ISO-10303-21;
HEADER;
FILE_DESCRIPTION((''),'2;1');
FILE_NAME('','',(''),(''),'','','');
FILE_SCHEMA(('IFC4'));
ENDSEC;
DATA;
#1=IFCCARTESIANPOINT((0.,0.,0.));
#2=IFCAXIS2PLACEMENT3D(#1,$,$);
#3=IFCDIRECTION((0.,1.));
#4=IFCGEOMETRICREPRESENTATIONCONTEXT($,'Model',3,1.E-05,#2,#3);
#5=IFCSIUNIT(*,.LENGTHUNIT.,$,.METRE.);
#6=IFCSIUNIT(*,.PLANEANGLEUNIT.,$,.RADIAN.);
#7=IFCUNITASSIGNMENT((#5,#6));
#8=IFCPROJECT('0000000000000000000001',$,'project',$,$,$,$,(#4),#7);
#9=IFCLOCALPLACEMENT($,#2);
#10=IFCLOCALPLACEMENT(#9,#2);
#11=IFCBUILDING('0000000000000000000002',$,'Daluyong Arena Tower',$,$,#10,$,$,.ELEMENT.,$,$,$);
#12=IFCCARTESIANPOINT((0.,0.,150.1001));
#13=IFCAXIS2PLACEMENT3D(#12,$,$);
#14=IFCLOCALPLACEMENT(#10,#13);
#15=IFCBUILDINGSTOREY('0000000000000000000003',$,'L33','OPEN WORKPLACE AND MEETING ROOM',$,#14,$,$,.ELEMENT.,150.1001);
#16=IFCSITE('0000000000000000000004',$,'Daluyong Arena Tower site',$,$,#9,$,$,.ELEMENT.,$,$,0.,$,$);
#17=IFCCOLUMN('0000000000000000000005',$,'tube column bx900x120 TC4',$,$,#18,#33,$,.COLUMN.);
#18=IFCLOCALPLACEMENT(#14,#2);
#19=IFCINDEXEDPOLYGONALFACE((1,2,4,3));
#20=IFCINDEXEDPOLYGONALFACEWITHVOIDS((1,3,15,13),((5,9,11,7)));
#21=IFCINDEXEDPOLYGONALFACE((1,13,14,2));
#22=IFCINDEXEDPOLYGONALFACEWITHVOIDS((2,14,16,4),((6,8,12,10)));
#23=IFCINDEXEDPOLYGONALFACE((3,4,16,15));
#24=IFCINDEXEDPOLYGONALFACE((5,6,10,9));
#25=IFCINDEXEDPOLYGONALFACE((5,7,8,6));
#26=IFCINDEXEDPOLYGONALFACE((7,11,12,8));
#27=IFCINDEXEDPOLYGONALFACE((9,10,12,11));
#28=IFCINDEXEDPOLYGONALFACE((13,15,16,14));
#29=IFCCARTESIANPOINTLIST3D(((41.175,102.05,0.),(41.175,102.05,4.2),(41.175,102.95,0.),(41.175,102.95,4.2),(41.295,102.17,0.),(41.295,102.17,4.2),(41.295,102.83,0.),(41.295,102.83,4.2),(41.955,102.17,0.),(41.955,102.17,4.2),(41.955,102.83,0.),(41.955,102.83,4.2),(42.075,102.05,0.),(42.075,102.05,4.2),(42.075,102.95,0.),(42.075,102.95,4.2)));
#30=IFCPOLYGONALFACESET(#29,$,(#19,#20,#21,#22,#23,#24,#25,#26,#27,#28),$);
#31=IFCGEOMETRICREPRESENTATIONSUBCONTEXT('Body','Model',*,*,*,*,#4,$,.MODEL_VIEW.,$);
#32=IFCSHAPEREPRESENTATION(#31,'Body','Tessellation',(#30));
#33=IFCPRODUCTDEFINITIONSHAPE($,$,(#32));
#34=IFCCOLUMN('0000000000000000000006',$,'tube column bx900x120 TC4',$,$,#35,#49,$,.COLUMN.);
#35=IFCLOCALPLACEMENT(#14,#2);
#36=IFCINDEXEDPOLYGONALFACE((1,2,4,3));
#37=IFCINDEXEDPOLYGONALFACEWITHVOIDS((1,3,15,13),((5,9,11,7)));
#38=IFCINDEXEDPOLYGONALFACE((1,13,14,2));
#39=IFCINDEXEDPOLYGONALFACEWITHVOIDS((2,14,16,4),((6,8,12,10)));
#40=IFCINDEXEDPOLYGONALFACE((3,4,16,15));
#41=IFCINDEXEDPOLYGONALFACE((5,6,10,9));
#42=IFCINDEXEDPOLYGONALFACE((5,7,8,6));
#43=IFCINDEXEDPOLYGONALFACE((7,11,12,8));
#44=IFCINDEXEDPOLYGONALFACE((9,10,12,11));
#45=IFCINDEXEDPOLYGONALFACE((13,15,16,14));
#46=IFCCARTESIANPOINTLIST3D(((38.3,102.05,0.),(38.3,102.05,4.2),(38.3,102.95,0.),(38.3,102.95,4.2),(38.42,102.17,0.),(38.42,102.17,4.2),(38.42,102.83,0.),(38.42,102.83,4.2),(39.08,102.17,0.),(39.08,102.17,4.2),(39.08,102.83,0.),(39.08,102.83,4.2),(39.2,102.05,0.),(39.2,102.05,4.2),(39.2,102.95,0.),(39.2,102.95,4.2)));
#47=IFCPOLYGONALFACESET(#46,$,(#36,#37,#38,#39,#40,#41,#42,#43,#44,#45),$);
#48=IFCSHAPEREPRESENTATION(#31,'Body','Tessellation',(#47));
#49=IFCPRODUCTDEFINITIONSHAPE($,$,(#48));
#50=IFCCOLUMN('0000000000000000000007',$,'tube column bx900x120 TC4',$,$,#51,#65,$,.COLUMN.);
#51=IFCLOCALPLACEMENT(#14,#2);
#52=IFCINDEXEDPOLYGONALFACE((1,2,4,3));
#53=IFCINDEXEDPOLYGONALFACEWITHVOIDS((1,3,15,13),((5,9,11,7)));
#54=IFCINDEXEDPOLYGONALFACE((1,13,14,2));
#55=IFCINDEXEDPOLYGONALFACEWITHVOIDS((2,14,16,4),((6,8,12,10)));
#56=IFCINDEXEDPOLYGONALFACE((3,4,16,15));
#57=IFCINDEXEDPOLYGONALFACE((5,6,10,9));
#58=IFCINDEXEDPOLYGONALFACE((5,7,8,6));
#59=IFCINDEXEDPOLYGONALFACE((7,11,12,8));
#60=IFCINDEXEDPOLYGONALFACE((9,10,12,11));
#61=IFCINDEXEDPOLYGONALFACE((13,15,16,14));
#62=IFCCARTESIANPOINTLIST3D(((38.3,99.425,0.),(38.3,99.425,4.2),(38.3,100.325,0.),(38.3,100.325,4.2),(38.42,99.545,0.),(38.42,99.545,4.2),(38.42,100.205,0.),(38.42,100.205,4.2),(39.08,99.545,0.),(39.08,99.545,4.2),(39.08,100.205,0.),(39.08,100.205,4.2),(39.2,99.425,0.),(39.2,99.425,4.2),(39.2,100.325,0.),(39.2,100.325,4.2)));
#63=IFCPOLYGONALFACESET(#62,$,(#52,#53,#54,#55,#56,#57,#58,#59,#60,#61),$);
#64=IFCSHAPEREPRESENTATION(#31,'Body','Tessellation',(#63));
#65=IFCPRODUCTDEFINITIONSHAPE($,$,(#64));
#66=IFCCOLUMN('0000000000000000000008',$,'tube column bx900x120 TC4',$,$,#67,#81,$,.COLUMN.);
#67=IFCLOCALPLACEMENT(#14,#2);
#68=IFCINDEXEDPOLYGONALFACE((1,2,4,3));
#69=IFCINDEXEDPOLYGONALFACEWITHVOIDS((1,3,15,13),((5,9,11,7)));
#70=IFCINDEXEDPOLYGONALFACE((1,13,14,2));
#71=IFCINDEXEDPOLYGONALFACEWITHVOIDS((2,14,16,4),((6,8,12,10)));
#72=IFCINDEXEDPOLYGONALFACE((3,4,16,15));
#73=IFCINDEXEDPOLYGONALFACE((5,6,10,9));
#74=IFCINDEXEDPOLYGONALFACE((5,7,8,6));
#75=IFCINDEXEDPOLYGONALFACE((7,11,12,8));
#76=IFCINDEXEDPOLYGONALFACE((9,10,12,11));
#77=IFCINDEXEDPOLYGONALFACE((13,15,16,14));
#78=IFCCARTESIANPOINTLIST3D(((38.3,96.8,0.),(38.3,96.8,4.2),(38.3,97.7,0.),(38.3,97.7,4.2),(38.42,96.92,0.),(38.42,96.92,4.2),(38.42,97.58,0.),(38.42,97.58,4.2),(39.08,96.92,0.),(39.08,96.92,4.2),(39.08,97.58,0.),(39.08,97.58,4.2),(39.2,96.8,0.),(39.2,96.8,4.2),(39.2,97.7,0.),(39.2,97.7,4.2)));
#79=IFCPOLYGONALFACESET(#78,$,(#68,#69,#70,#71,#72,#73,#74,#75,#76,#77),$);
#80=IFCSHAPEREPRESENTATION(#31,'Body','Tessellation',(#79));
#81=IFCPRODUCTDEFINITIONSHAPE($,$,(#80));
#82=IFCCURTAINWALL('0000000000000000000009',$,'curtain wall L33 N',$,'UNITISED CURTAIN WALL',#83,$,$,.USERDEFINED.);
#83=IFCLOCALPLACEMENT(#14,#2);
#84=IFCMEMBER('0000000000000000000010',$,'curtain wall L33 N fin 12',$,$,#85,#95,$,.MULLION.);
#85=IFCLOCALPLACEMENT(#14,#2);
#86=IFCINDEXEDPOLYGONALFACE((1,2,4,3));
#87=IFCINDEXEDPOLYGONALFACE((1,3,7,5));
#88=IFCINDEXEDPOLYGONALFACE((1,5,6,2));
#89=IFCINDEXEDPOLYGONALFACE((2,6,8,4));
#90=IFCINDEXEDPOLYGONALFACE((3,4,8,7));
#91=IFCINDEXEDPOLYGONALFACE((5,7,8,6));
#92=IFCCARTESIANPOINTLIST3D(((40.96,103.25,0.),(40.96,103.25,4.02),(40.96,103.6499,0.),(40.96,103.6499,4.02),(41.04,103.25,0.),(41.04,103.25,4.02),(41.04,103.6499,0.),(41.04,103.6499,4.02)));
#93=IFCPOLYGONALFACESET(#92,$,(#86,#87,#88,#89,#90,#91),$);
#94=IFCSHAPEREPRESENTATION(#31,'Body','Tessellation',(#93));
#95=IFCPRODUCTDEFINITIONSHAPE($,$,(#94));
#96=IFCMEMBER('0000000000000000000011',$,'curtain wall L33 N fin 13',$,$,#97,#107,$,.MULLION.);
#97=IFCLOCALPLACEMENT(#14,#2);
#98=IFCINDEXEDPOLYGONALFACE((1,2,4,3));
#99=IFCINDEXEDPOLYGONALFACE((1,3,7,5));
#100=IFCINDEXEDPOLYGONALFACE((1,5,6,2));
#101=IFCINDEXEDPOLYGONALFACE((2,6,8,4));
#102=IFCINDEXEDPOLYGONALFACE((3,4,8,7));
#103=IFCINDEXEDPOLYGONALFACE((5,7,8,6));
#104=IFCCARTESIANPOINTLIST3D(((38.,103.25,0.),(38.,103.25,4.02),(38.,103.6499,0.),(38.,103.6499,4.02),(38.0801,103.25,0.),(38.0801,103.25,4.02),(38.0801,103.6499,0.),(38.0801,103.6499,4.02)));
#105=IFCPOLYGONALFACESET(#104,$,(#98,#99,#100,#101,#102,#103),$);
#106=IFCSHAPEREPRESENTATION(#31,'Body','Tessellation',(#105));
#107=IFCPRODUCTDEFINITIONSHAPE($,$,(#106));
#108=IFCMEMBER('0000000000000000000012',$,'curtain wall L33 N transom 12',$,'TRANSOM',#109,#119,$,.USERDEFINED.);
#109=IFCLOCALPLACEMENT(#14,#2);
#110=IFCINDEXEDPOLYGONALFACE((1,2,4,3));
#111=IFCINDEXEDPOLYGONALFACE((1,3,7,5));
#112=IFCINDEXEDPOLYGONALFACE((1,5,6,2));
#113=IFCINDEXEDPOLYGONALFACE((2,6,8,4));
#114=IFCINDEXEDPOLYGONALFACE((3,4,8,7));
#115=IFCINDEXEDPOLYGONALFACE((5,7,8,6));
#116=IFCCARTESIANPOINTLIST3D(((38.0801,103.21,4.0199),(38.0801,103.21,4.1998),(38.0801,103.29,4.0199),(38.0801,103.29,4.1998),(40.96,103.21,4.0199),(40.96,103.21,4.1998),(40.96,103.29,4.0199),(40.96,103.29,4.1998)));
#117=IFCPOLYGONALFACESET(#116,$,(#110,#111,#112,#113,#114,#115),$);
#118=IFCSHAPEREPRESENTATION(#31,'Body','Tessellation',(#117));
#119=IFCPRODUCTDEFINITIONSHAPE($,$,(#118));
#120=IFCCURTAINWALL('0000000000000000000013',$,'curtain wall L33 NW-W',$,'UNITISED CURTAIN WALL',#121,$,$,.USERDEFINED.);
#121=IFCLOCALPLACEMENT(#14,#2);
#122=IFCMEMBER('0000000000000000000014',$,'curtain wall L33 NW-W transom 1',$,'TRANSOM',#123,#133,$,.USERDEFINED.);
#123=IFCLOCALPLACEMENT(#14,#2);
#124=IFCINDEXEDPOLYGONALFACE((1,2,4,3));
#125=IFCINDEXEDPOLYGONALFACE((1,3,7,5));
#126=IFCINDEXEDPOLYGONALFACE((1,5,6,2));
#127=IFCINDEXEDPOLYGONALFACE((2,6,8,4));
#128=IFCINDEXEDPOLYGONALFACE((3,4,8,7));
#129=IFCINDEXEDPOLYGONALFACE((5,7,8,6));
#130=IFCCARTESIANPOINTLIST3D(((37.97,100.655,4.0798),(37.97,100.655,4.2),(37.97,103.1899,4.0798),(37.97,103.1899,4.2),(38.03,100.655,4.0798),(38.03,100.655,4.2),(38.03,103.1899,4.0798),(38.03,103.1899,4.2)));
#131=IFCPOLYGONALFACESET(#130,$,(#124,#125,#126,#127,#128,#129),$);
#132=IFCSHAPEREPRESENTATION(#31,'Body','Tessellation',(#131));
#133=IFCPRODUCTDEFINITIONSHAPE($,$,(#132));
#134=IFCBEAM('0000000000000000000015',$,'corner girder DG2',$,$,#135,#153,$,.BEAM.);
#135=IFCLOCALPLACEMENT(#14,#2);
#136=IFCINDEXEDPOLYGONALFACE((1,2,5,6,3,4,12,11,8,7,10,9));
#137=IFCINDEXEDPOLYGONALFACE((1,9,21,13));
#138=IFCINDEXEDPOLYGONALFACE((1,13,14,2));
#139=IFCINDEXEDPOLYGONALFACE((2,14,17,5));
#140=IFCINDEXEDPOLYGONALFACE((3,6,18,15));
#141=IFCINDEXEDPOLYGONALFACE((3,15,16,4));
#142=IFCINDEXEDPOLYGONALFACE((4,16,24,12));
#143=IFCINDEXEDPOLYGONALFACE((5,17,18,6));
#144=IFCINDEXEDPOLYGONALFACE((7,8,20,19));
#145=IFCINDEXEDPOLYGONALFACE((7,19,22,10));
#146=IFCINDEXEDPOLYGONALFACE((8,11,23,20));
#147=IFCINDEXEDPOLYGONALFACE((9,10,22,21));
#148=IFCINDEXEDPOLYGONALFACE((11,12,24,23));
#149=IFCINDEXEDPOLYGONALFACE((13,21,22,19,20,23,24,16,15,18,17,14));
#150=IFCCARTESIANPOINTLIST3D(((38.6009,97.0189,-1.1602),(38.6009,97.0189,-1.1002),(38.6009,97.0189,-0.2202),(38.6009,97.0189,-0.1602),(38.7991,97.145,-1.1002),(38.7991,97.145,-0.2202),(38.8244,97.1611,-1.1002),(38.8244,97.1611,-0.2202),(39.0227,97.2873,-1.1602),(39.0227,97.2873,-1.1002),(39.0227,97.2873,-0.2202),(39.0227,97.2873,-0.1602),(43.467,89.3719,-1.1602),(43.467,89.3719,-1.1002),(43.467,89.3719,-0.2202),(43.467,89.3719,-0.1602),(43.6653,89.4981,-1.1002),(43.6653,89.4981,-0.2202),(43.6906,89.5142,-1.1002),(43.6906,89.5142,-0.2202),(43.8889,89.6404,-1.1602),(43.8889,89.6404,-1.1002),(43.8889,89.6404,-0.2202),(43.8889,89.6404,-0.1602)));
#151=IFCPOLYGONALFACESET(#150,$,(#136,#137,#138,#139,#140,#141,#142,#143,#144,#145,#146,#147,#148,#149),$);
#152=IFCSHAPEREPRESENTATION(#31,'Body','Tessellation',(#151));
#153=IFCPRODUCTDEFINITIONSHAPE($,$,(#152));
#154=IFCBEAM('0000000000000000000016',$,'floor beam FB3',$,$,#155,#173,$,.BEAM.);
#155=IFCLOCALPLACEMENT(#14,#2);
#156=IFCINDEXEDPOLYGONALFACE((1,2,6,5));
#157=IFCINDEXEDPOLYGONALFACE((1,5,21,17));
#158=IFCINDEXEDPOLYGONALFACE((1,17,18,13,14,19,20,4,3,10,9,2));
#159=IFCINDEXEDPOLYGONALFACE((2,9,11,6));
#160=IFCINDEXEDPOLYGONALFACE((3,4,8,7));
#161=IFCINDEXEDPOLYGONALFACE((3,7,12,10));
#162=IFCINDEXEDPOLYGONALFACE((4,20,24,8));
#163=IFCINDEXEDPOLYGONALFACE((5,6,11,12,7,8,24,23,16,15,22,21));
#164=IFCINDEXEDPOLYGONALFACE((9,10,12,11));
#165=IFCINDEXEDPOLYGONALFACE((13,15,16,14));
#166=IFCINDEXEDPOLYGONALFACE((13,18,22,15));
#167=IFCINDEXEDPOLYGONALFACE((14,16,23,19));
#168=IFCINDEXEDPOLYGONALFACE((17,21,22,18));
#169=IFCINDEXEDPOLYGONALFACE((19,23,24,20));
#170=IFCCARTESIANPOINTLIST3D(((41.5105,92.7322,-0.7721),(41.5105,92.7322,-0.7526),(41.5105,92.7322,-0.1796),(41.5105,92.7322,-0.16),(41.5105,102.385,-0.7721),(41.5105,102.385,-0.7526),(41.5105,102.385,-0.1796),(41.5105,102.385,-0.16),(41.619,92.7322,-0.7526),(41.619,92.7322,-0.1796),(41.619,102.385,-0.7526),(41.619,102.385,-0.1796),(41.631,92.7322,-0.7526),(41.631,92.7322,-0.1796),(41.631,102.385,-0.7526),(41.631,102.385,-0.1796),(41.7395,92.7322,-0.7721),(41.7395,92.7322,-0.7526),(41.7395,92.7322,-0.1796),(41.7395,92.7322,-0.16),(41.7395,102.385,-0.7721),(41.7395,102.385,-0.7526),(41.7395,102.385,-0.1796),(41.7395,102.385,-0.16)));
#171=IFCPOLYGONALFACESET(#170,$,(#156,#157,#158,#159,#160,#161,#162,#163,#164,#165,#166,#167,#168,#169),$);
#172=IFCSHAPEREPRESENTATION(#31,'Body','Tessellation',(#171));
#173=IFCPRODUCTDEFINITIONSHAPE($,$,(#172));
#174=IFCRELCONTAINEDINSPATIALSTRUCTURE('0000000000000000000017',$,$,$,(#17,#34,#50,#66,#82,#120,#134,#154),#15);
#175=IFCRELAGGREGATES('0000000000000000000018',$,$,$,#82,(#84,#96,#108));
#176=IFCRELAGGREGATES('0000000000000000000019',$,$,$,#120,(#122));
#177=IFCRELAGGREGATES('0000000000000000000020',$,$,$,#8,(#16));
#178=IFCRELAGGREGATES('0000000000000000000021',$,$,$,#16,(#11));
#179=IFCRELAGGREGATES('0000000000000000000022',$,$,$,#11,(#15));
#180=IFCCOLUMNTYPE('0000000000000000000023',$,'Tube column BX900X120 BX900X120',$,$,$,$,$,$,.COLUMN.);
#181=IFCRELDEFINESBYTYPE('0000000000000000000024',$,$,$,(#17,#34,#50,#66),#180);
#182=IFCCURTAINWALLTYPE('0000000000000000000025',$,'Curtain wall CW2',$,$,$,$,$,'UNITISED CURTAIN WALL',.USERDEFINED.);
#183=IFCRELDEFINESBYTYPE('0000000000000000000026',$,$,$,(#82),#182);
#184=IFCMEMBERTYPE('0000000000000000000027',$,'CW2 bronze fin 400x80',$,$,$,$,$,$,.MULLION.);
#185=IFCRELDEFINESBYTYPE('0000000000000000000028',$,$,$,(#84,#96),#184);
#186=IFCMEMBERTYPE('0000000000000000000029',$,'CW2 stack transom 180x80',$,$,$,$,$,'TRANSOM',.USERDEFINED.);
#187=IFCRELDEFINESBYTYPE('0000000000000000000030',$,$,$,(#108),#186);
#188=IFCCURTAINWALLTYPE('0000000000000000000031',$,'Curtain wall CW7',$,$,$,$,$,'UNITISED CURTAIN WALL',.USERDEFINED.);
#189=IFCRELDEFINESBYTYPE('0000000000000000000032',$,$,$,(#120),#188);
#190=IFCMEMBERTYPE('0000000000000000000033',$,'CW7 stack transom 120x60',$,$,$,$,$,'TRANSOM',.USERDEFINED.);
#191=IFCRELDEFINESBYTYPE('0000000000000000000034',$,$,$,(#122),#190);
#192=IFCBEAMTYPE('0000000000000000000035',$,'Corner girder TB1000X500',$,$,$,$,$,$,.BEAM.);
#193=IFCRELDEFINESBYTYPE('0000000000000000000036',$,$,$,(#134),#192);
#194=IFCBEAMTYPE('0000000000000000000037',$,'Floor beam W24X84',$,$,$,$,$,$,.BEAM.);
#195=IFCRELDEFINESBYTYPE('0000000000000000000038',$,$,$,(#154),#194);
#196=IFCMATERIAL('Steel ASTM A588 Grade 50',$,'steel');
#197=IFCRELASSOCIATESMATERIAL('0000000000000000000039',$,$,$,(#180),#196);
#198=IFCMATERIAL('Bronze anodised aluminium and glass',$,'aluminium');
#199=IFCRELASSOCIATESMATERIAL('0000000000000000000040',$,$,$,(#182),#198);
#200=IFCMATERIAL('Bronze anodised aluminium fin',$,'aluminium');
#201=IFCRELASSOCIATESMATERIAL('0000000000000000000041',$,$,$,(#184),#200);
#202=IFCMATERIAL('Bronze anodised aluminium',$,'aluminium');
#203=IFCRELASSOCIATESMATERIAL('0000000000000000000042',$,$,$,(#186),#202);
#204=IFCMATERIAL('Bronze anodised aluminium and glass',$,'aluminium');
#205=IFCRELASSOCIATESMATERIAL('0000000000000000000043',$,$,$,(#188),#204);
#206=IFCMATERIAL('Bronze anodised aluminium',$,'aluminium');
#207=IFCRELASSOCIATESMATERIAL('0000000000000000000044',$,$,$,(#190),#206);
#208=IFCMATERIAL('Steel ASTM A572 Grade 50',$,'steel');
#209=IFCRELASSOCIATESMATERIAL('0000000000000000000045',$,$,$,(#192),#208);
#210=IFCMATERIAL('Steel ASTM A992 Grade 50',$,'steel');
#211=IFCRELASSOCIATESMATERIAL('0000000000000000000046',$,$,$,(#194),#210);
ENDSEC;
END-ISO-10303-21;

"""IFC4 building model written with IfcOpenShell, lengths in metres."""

from ifc_helpers import new_model, si_unit, direction, frame, origin, origin_2d, place, context, subcontext, project, spatial, rectangle, hollow_rectangle, i_section, extrude, material, material_profile, profile_set, type_object, element, aggregate, save


model = new_model("IFC4")

# Units and contexts
model_context = context("Model", 3, precision=1e-05, world=origin(), true_north=direction((0.0, 1.0)))
body_context = subcontext(model_context, "Body", "Model", "MODEL_VIEW")
ifc_project = project(units=[si_unit("LENGTHUNIT", "METRE"), si_unit("PLANEANGLEUNIT", "RADIAN")], contexts=[model_context])

# Site, building, storey
site_placement = place(None, origin())
site = spatial("IfcSite", under=ifc_project, at=site_placement, Name="Daluyong Arena Tower site", CompositionType="ELEMENT", RefElevation=0.0)
building_placement = place(site_placement, origin())
building = spatial("IfcBuilding", under=site, at=building_placement, Name="Daluyong Arena Tower", CompositionType="ELEMENT")
storey_placement = place(building_placement, frame((0.0, 0.0, 150.1001)))
storey = spatial("IfcBuildingStorey", under=building, at=storey_placement, Name="L33", Description="OPEN WORKPLACE AND MEETING ROOM", CompositionType="ELEMENT", Elevation=150.1001)

# Columns
ifc_material_1 = material(Name="Steel ASTM A588 Grade 50", Category="steel")
ifc_material_profile_1 = material_profile(ifc_material_1, hollow_rectangle(XDim=0.8999, YDim=0.8999, WallThickness=0.12, at=origin_2d()))
ifc_profile_set_1 = profile_set([ifc_material_profile_1], Name="Steel ASTM A588 Grade 50")
column_type = type_object("IfcColumnType", Name="Tube column BX900X120 BX900X120", PredefinedType="COLUMN", material=ifc_profile_set_1)
for number, where, z_axis, x_axis, name in (
    (1, (41.625, 102.5, 0.0), (0.0, 0.0, 1.0), (1.0, 0.0, 0.0), "tube column bx900x120 TC4"),
    (2, (38.75, 102.5, 0.0), (0.0, 0.0, 1.0), (0.0, 1.0, 0.0), "tube column bx900x120 TC4"),
    (3, (38.75, 99.875, 0.0), (0.0, 0.0, 1.0), (0.0, 1.0, 0.0), "tube column bx900x120 TC4"),
    (4, (38.75, 97.25, 0.0), (0.0, 0.0, 1.0), (1.0, 0.0, 0.0), "tube column bx900x120 TC4"),
):
    element("IfcColumn", number, at=place(storey_placement, frame(where, z_axis=z_axis, x_axis=x_axis)), inside=storey, type_object=column_type, Name=name, PredefinedType="COLUMN", context=body_context, shape_type="SweptSolid", body=[
        extrude(hollow_rectangle(XDim=0.8999, YDim=0.8999, WallThickness=0.12, at=origin_2d()), origin(), (0.0, 0.0, 1.0), 4.2),
    ])

# Curtain wall, members
ifc_material_2 = material(Name="Bronze anodised aluminium and glass", Category="aluminium")
curtain_wall_type_1 = type_object("IfcCurtainWallType", Name="Curtain wall CW2", ElementType="UNITISED CURTAIN WALL", PredefinedType="USERDEFINED", material=ifc_material_2)
curtain_wall_1_placement = place(storey_placement, origin())
curtain_wall_1 = element("IfcCurtainWall", 5, at=curtain_wall_1_placement, inside=storey, type_object=curtain_wall_type_1, Name="curtain wall L33 N", ObjectType="UNITISED CURTAIN WALL", PredefinedType="USERDEFINED")
ifc_material_3 = material(Name="Bronze anodised aluminium fin", Category="aluminium")
ifc_material_profile_2 = material_profile(ifc_material_3, rectangle(XDim=0.3999, YDim=0.0801, at=origin_2d()))
ifc_profile_set_2 = profile_set([ifc_material_profile_2], Name="Bronze anodised aluminium fin")
member_type_1 = type_object("IfcMemberType", Name="CW2 bronze fin 400x80", PredefinedType="MULLION", material=ifc_profile_set_2)
member_1_placement = place(storey_placement, frame((41.0, 103.45, 0.0), z_axis=(0.0, 0.0, 1.0), x_axis=(0.0, -1.0, 0.0)))
member_1 = element("IfcMember", 6, at=member_1_placement, type_object=member_type_1, Name="curtain wall L33 N fin 12", PredefinedType="MULLION", context=body_context, shape_type="SweptSolid", body=[
    extrude(rectangle(XDim=0.3999, YDim=0.0801, at=origin_2d()), origin(), (0.0, 0.0, 1.0), 4.02),
])
member_2_placement = place(storey_placement, frame((38.04, 103.45, 0.0), z_axis=(0.0, 0.0, 1.0), x_axis=(0.0, -1.0, 0.0)))
member_2 = element("IfcMember", 7, at=member_2_placement, type_object=member_type_1, Name="curtain wall L33 N fin 13", PredefinedType="MULLION", context=body_context, shape_type="SweptSolid", body=[
    extrude(rectangle(XDim=0.3999, YDim=0.0801, at=origin_2d()), origin(), (0.0, 0.0, 1.0), 4.02),
])
ifc_material_4 = material(Name="Bronze anodised aluminium", Category="aluminium")
ifc_material_profile_3 = material_profile(ifc_material_4, rectangle(XDim=0.0801, YDim=0.1799, at=origin_2d()))
ifc_profile_set_3 = profile_set([ifc_material_profile_3], Name="Bronze anodised aluminium")
member_type_2 = type_object("IfcMemberType", Name="CW2 stack transom 180x80", ElementType="TRANSOM", PredefinedType="USERDEFINED", material=ifc_profile_set_3)
member_3_placement = place(storey_placement, frame((40.96, 103.25, 4.1099), z_axis=(-1.0, 0.0, 0.0), x_axis=(0.0, -1.0, 0.0)))
member_3 = element("IfcMember", 8, at=member_3_placement, type_object=member_type_2, Name="curtain wall L33 N transom 12", ObjectType="TRANSOM", PredefinedType="USERDEFINED", context=body_context, shape_type="SweptSolid", body=[
    extrude(rectangle(XDim=0.0801, YDim=0.1799, at=origin_2d()), origin(), (0.0, 0.0, 1.0), 2.8799),
])

# Curtain wall, member
ifc_material_5 = material(Name="Bronze anodised aluminium and glass", Category="aluminium")
curtain_wall_type_2 = type_object("IfcCurtainWallType", Name="Curtain wall CW7", ElementType="UNITISED CURTAIN WALL", PredefinedType="USERDEFINED", material=ifc_material_5)
curtain_wall_2_placement = place(storey_placement, origin())
curtain_wall_2 = element("IfcCurtainWall", 9, at=curtain_wall_2_placement, inside=storey, type_object=curtain_wall_type_2, Name="curtain wall L33 NW-W", ObjectType="UNITISED CURTAIN WALL", PredefinedType="USERDEFINED")
ifc_material_6 = material(Name="Bronze anodised aluminium", Category="aluminium")
ifc_material_profile_4 = material_profile(ifc_material_6, rectangle(XDim=0.0601, YDim=0.1201, at=origin_2d()))
ifc_profile_set_4 = profile_set([ifc_material_profile_4], Name="Bronze anodised aluminium")
member_type_3 = type_object("IfcMemberType", Name="CW7 stack transom 120x60", ElementType="TRANSOM", PredefinedType="USERDEFINED", material=ifc_profile_set_4)
member_4_placement = place(storey_placement, frame((38.0, 103.1899, 4.1399), z_axis=(0.0, -1.0, 0.0), x_axis=(1.0, 0.0, 0.0)))
member_4 = element("IfcMember", 10, at=member_4_placement, type_object=member_type_3, Name="curtain wall L33 NW-W transom 1", ObjectType="TRANSOM", PredefinedType="USERDEFINED", context=body_context, shape_type="SweptSolid", body=[
    extrude(rectangle(XDim=0.0601, YDim=0.1201, at=origin_2d()), origin(), (0.0, 0.0, 1.0), 2.5349),
])

# Beams
ifc_material_7 = material(Name="Steel ASTM A572 Grade 50", Category="steel")
ifc_material_profile_5 = material_profile(ifc_material_7, i_section(OverallWidth=0.5, OverallDepth=1.0, WebThickness=0.03, FlangeThickness=0.06, at=origin_2d()))
ifc_profile_set_5 = profile_set([ifc_material_profile_5], Name="Steel ASTM A572 Grade 50")
beam_type_1 = type_object("IfcBeamType", Name="Corner girder TB1000X500", PredefinedType="BEAM", material=ifc_profile_set_5)
beam_1_placement = place(storey_placement, frame((38.8118, 97.1531, -0.6602), z_axis=(0.536872, -0.843664, 0.0), x_axis=(0.843664, 0.536872, 0.0)))
element("IfcBeam", 11, at=beam_1_placement, inside=storey, type_object=beam_type_1, Name="corner girder DG2", PredefinedType="BEAM", context=body_context, shape_type="SweptSolid", body=[
    extrude(i_section(OverallWidth=0.5, OverallDepth=1.0, WebThickness=0.03, FlangeThickness=0.06, at=origin_2d()), origin(), (0.0, 0.0, 1.0), 9.064),
])
ifc_material_8 = material(Name="Steel ASTM A992 Grade 50", Category="steel")
ifc_material_profile_6 = material_profile(ifc_material_8, i_section(OverallWidth=0.229, OverallDepth=0.6121, WebThickness=0.012, FlangeThickness=0.0195, at=origin_2d()))
ifc_profile_set_6 = profile_set([ifc_material_profile_6], Name="Steel ASTM A992 Grade 50")
beam_type_2 = type_object("IfcBeamType", Name="Floor beam W24X84", PredefinedType="BEAM", material=ifc_profile_set_6)
beam_2_placement = place(storey_placement, frame((41.625, 102.385, -0.4661), z_axis=(0.0, -1.0, 0.0), x_axis=(1.0, 0.0, 0.0)))
element("IfcBeam", 12, at=beam_2_placement, inside=storey, type_object=beam_type_2, Name="floor beam FB3", PredefinedType="BEAM", context=body_context, shape_type="SweptSolid", body=[
    extrude(i_section(OverallWidth=0.229, OverallDepth=0.6121, WebThickness=0.012, FlangeThickness=0.0195, at=origin_2d()), origin(), (0.0, 0.0, 1.0), 9.6528),
])

aggregate(curtain_wall_1, [member_1, member_2, member_3])
aggregate(curtain_wall_2, [member_4])

save(model, "model.ifc")
